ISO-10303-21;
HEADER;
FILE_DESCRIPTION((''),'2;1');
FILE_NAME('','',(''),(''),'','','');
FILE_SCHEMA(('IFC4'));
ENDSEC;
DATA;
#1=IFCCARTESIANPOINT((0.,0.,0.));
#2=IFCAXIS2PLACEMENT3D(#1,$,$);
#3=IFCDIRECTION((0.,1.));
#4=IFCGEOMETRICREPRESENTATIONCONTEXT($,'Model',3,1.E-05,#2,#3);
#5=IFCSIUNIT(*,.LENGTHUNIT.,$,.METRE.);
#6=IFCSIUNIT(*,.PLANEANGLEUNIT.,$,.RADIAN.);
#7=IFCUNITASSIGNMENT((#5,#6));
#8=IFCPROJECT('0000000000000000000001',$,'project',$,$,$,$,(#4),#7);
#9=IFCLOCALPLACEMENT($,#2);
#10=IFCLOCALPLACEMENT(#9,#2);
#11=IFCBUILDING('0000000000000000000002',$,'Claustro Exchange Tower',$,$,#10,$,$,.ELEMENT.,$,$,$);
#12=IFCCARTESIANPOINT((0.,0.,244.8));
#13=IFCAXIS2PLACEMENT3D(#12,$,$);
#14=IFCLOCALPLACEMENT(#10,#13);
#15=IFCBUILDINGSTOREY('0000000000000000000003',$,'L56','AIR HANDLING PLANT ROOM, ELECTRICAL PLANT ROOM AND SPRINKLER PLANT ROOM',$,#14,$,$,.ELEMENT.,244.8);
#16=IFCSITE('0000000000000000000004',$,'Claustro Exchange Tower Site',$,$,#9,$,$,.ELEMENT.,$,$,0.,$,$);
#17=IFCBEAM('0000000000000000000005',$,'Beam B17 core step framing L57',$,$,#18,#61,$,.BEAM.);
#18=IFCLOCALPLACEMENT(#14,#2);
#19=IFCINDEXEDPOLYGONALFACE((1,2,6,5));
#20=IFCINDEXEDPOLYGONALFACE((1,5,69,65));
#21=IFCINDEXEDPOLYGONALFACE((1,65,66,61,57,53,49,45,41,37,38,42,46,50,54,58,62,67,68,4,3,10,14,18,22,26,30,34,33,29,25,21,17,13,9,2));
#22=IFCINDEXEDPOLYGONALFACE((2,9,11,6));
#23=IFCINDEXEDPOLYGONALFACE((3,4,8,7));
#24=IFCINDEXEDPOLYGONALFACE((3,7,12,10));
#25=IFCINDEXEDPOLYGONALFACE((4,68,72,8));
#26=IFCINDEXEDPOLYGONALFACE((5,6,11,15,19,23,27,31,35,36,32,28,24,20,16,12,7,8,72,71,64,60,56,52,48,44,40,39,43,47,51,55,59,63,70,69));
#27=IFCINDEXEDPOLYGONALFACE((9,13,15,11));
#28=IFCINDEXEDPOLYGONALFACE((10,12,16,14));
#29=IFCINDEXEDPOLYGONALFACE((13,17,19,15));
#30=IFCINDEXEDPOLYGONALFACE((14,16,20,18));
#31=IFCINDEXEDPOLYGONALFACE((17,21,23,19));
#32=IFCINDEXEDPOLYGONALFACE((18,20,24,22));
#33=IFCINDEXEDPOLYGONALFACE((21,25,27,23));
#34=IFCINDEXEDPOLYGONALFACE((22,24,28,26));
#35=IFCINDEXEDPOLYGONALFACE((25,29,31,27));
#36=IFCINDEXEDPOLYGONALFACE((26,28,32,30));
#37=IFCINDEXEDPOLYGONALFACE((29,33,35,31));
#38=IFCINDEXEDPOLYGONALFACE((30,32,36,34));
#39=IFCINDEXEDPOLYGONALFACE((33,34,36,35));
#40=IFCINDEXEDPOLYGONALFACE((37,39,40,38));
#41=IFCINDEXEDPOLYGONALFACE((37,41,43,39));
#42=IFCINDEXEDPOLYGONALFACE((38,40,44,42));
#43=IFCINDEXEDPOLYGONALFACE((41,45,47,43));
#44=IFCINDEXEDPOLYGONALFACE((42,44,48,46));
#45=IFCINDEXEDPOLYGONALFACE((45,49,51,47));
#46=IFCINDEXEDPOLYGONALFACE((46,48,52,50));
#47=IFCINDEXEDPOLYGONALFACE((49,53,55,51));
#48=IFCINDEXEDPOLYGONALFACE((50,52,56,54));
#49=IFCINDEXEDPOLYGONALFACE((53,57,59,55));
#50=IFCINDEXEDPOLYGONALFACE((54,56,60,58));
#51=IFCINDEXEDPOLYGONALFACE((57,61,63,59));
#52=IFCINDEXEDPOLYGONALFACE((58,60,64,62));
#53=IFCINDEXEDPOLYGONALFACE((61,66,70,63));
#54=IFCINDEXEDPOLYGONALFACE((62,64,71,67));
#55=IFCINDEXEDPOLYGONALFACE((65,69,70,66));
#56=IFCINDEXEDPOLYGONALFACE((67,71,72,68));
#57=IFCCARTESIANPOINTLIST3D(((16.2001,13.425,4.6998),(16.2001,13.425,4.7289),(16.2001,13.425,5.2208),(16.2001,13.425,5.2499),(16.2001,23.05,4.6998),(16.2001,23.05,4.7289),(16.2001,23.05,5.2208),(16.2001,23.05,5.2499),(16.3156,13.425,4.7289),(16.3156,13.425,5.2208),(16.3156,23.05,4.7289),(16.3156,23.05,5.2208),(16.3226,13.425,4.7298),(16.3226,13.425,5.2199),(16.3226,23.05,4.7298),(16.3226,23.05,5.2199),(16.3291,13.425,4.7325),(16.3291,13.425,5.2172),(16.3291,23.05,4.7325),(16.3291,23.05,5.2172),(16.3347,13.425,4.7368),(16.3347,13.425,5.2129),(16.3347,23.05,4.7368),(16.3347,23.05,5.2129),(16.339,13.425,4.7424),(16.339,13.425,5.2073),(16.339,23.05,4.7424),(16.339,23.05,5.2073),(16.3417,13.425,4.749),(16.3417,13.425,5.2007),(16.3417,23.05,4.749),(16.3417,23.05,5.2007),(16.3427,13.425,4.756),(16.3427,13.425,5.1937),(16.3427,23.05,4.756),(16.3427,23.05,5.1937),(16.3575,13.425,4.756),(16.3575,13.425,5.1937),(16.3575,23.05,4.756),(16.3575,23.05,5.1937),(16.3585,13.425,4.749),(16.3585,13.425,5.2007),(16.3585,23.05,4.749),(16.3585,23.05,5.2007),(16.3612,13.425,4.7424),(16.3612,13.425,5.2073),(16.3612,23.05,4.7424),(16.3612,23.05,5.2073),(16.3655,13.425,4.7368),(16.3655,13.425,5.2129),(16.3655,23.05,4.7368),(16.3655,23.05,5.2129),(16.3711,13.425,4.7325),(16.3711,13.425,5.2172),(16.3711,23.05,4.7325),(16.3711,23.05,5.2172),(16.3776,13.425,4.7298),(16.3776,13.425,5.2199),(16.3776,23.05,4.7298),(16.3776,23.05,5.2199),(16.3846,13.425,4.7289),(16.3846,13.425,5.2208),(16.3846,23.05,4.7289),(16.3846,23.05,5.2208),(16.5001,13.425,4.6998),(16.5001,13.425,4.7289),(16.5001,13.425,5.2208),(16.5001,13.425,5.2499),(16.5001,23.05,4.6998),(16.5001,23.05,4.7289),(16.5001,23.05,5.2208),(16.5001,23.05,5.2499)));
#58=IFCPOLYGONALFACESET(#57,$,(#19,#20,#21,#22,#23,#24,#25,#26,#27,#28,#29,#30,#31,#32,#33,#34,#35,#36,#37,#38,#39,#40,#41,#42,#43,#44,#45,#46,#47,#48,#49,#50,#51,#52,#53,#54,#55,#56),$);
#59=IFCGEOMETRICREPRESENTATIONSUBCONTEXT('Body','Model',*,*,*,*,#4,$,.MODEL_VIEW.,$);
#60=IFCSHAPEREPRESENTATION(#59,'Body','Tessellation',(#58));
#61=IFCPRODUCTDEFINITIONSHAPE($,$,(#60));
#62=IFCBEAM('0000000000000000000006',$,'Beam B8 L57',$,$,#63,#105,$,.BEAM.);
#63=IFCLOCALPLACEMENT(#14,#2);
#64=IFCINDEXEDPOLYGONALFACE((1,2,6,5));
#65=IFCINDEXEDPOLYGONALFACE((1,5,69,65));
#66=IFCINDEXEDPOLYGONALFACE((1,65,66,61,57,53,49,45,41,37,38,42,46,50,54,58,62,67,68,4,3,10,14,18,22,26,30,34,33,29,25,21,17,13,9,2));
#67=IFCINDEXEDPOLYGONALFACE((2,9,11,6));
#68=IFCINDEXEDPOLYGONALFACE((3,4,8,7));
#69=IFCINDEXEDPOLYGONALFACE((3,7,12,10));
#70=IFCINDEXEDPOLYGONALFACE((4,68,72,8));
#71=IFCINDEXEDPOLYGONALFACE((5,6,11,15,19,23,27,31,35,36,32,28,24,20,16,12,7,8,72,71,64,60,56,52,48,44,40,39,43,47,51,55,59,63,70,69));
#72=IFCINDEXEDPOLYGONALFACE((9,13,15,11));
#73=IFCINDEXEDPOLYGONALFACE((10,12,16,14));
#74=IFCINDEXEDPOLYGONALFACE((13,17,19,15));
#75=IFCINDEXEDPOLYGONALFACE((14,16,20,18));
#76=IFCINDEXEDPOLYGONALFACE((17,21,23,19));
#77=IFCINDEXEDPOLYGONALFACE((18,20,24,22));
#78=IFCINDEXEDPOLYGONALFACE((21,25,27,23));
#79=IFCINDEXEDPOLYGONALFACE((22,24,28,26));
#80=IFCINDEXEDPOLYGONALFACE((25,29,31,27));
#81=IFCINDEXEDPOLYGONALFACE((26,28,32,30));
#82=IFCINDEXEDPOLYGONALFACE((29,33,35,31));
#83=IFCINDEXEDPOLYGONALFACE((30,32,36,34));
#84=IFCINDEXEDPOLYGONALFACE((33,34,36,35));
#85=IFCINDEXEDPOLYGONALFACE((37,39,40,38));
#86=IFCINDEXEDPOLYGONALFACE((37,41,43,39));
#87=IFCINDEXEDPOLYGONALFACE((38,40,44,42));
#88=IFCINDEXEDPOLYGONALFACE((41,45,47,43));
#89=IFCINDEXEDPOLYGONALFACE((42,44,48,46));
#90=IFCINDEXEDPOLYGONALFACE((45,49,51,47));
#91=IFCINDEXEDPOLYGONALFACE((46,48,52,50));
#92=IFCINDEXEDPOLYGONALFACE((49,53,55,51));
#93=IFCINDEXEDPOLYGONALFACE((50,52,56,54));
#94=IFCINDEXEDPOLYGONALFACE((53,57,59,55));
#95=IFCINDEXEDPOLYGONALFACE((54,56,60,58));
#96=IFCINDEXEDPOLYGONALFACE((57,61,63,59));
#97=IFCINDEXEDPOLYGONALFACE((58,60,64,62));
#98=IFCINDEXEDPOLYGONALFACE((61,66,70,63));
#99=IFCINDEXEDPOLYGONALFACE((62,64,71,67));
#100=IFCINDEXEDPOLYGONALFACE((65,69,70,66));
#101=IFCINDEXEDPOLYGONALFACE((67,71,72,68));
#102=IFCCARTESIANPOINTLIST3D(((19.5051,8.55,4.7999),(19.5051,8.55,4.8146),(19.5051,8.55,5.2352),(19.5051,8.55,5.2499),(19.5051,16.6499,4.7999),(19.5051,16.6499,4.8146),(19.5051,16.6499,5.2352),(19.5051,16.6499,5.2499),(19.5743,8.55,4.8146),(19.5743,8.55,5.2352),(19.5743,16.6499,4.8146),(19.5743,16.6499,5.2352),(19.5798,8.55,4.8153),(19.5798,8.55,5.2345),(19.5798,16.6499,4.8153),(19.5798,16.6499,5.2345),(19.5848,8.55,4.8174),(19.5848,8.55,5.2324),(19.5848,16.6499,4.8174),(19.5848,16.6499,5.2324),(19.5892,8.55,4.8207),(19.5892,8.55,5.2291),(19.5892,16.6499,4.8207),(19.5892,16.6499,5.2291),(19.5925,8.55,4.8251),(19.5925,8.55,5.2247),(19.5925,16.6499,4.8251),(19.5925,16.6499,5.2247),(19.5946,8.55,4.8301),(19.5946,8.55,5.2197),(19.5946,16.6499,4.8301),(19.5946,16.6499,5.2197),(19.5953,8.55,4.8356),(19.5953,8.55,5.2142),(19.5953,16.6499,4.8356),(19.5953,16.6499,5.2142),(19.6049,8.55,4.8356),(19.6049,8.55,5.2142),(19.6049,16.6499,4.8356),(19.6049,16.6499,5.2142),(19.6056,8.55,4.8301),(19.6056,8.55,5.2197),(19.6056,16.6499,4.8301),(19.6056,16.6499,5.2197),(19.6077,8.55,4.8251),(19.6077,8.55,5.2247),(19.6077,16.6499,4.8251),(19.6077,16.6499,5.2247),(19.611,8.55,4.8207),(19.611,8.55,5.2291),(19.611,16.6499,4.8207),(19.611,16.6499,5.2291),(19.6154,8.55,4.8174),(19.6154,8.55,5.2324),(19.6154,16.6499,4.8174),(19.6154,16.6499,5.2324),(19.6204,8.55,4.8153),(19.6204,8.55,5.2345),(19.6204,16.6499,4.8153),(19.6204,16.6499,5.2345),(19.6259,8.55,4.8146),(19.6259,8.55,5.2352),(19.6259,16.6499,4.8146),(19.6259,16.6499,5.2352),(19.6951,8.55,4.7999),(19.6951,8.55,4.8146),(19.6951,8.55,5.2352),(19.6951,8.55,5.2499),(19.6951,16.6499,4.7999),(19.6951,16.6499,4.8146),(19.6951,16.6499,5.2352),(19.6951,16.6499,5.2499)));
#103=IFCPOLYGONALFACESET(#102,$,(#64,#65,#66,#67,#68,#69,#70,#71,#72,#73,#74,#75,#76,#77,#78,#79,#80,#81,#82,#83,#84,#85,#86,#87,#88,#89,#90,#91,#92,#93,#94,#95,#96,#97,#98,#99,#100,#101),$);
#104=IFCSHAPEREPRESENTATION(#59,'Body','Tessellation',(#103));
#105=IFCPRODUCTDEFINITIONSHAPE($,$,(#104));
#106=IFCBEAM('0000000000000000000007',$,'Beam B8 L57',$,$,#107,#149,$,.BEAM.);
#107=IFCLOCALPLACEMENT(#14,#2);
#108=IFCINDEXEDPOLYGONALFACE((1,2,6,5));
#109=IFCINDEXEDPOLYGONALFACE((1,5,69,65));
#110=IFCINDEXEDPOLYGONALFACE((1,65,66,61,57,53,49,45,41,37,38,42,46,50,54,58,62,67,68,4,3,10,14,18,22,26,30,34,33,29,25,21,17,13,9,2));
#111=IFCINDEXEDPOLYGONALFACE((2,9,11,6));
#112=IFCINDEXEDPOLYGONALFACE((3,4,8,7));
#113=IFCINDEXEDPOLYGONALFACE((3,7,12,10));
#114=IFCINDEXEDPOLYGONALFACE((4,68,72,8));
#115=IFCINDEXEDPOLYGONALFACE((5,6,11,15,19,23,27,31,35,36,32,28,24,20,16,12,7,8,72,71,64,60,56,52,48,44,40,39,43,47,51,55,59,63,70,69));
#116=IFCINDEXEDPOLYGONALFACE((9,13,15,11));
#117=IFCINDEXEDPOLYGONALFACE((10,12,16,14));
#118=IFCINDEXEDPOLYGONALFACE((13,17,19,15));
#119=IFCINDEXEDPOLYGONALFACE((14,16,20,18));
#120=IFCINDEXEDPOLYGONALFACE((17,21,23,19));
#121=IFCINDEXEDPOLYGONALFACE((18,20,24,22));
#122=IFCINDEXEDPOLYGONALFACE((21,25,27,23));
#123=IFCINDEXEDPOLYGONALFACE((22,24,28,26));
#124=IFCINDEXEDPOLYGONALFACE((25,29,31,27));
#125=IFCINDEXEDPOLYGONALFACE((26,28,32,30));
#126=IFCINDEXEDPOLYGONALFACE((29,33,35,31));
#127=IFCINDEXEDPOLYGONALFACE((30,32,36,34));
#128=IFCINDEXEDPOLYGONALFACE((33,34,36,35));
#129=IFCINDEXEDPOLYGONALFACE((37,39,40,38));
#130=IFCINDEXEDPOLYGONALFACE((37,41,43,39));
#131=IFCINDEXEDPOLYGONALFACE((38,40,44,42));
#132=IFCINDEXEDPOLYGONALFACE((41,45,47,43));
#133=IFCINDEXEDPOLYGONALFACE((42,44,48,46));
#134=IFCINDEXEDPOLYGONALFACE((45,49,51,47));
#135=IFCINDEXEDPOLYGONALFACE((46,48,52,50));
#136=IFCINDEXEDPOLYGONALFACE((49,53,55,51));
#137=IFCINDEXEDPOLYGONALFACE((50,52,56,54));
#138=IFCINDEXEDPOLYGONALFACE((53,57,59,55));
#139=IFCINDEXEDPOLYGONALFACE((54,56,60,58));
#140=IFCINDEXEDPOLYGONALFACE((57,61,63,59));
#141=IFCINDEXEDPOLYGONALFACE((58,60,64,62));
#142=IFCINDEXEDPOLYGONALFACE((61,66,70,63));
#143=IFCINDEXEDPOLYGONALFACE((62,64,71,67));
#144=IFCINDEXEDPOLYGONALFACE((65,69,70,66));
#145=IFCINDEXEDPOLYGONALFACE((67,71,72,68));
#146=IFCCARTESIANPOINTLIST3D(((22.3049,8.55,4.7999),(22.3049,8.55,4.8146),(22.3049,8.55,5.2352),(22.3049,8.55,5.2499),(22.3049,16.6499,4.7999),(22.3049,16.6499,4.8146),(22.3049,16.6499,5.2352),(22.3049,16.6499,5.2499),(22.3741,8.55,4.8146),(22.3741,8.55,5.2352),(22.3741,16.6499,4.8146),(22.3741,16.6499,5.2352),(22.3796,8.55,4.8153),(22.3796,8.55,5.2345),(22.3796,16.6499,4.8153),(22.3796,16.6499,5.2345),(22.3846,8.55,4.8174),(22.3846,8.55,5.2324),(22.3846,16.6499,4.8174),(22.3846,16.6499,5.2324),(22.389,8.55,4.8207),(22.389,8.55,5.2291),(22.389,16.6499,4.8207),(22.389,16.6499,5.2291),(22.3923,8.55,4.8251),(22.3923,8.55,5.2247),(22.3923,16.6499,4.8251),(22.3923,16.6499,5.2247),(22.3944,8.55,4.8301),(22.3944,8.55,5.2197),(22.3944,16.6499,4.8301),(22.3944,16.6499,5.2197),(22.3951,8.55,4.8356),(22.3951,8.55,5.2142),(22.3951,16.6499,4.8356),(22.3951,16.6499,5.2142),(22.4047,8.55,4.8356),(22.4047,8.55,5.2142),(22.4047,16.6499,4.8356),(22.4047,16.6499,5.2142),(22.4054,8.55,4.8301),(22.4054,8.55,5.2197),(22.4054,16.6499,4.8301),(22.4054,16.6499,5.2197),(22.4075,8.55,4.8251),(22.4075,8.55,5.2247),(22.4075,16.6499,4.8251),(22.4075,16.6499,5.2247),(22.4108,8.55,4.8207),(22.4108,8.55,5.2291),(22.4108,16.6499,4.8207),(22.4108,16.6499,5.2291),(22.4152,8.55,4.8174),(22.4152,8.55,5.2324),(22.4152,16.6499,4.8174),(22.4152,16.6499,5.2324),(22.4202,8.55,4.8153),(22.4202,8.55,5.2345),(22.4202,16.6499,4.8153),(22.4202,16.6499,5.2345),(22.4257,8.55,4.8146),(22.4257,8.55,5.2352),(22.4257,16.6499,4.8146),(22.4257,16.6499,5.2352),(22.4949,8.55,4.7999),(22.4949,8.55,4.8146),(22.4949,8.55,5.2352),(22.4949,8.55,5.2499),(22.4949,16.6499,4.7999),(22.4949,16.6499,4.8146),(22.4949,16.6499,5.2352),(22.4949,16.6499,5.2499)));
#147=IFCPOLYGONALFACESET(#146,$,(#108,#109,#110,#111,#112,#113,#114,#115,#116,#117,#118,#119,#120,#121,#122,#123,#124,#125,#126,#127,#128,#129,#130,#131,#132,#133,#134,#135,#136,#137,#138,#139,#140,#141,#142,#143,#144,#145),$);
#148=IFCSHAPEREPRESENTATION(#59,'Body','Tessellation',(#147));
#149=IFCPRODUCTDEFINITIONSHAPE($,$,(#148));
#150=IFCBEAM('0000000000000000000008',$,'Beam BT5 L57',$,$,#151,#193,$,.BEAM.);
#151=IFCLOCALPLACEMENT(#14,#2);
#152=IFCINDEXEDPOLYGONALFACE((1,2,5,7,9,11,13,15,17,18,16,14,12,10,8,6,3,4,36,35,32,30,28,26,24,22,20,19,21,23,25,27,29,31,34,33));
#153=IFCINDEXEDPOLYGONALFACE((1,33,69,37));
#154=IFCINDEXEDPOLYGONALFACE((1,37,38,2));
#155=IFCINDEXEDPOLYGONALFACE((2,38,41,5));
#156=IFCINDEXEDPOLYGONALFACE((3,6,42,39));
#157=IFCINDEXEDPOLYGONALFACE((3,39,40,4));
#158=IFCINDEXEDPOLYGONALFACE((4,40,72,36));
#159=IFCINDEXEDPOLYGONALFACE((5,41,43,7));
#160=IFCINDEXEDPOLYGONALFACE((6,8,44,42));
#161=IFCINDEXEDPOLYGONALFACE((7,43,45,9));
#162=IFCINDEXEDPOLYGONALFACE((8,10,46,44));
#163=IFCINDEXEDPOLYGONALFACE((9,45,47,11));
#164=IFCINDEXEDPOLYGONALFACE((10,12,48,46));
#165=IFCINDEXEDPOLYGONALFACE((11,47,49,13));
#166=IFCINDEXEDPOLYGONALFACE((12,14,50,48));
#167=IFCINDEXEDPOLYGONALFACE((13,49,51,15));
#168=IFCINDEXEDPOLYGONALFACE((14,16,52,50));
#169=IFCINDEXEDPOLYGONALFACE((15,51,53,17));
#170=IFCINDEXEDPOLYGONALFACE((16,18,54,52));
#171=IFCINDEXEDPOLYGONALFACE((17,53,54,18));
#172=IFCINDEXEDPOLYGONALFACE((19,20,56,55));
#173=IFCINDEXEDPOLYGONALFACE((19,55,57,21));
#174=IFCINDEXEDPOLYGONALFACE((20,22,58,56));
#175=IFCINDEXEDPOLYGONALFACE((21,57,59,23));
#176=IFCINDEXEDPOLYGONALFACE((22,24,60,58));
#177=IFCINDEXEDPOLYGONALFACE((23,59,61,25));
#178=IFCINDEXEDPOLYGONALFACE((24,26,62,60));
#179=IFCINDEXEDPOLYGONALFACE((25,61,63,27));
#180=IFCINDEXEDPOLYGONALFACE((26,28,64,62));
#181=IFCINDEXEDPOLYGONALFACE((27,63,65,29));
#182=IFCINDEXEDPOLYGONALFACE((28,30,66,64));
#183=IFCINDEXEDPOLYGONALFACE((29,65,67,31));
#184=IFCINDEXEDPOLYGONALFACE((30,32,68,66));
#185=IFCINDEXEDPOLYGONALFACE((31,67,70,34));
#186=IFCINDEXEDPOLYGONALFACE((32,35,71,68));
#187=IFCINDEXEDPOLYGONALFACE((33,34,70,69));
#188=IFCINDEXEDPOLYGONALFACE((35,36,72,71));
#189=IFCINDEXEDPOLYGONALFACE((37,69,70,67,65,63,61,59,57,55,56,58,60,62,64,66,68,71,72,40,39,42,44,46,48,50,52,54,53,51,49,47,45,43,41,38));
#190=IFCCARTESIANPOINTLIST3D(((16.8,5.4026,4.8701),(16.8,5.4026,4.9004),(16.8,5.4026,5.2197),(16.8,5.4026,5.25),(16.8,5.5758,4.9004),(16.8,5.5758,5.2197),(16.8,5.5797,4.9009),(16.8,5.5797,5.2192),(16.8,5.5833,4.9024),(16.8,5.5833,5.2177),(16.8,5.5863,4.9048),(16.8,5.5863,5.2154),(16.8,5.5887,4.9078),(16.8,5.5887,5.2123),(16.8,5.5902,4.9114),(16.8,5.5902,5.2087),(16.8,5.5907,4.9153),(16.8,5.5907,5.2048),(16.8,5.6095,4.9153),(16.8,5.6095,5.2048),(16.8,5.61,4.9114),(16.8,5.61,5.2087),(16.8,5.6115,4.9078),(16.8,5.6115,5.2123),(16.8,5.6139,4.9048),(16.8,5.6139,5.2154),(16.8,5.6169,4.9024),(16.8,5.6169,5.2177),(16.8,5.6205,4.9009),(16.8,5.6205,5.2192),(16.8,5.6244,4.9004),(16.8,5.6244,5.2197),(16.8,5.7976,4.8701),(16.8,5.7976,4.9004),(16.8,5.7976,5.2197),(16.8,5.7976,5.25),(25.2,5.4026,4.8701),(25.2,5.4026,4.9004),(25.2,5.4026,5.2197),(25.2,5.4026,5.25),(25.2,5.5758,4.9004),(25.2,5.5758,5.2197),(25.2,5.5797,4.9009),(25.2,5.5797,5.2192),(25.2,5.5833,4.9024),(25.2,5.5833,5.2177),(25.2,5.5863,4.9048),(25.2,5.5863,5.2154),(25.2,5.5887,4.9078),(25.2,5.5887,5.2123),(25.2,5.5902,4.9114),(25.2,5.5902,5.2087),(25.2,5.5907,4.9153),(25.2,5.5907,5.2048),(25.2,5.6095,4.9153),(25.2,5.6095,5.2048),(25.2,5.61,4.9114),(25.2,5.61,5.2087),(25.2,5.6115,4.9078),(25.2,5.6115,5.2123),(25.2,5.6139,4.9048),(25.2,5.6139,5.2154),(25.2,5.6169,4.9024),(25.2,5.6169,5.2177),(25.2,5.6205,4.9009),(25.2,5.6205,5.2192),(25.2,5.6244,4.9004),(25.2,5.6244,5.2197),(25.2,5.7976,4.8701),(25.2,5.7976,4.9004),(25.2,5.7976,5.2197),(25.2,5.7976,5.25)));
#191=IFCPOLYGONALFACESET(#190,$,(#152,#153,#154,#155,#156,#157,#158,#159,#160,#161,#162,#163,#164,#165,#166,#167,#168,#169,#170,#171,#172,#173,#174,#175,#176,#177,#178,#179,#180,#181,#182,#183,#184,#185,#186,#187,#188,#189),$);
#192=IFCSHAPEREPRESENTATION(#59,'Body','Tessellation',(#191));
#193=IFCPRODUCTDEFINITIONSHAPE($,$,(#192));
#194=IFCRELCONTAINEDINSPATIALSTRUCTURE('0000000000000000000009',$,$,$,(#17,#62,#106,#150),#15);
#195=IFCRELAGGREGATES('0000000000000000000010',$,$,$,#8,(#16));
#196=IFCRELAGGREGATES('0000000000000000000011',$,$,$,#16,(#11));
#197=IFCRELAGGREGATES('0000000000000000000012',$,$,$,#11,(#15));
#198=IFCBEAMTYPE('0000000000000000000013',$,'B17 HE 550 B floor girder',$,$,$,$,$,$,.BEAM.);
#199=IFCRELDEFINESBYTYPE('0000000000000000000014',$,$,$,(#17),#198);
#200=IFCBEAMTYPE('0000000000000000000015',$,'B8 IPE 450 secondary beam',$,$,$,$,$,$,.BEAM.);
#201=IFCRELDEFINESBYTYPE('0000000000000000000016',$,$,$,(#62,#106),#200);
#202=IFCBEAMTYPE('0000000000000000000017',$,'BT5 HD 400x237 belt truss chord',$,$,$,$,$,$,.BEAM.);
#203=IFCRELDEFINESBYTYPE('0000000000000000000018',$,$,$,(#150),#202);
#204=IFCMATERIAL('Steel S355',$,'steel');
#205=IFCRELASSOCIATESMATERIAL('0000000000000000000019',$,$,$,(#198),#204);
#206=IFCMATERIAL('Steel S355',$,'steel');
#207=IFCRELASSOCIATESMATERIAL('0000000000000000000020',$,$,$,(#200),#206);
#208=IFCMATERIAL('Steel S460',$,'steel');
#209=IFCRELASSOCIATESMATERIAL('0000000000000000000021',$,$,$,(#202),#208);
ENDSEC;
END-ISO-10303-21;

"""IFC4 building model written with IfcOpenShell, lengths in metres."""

from ifc_helpers import new_model, si_unit, direction, frame, origin, origin_2d, place, context, subcontext, project, spatial, i_section, extrude, material, material_profile, profile_set, type_object, element, save


model = new_model("IFC4")

# Units and contexts
model_context = context("Model", 3, precision=1e-05, world=origin(), true_north=direction((0.0, 1.0)))
body_context = subcontext(model_context, "Body", "Model", "MODEL_VIEW")
ifc_project = project(units=[si_unit("LENGTHUNIT", "METRE"), si_unit("PLANEANGLEUNIT", "RADIAN")], contexts=[model_context])

# Site, building, storey
site_placement = place(None, origin())
site = spatial("IfcSite", under=ifc_project, at=site_placement, Name="Claustro Exchange Tower Site", CompositionType="ELEMENT", RefElevation=0.0)
building_placement = place(site_placement, origin())
building = spatial("IfcBuilding", under=site, at=building_placement, Name="Claustro Exchange Tower", CompositionType="ELEMENT")
storey_placement = place(building_placement, frame((0.0, 0.0, 244.8)))
storey = spatial("IfcBuildingStorey", under=building, at=storey_placement, Name="L56", Description="AIR HANDLING PLANT ROOM, ELECTRICAL PLANT ROOM AND SPRINKLER PLANT ROOM", CompositionType="ELEMENT", Elevation=244.8)

# Beams
ifc_material_1 = material(Name="Steel S355", Category="steel")
ifc_material_profile_1 = material_profile(ifc_material_1, i_section(OverallWidth=0.3, OverallDepth=0.55, WebThickness=0.0149, FlangeThickness=0.0291, FilletRadius=0.0271, at=origin_2d()), Name="HE 550 B")
ifc_profile_set_1 = profile_set([ifc_material_profile_1], Name="Steel S355")
beam_type_1 = type_object("IfcBeamType", Name="B17 HE 550 B floor girder", PredefinedType="BEAM", material=ifc_profile_set_1)
beam_1_placement = place(storey_placement, frame((16.3501, 13.425, 4.9749), z_axis=(0.0, 1.0, 0.0), x_axis=(-1.0, 0.0, 0.0)))
element("IfcBeam", 1, at=beam_1_placement, inside=storey, type_object=beam_type_1, Name="Beam B17 core step framing L57", PredefinedType="BEAM", context=body_context, shape_type="SweptSolid", body=[
    extrude(i_section(OverallWidth=0.3, OverallDepth=0.55, WebThickness=0.0149, FlangeThickness=0.0291, FilletRadius=0.0271, at=origin_2d()), origin(), (0.0, 0.0, 1.0), 9.625),
])
ifc_material_2 = material(Name="Steel S355", Category="steel")
ifc_material_profile_2 = material_profile(ifc_material_2, i_section(OverallWidth=0.1899, OverallDepth=0.45, WebThickness=0.0095, FlangeThickness=0.0146, FilletRadius=0.021, at=origin_2d()), Name="IPE 450")
ifc_profile_set_2 = profile_set([ifc_material_profile_2], Name="Steel S355")
beam_type_2 = type_object("IfcBeamType", Name="B8 IPE 450 secondary beam", PredefinedType="BEAM", material=ifc_profile_set_2)
for number, where, z_axis, x_axis, name in (
    (2, (19.6001, 8.55, 5.0249), (0.0, 1.0, 0.0), (-1.0, 0.0, 0.0), "Beam B8 L57"),
    (3, (22.3999, 8.55, 5.0249), (0.0, 1.0, 0.0), (-1.0, 0.0, 0.0), "Beam B8 L57"),
):
    element("IfcBeam", number, at=place(storey_placement, frame(where, z_axis=z_axis, x_axis=x_axis)), inside=storey, type_object=beam_type_2, Name=name, PredefinedType="BEAM", context=body_context, shape_type="SweptSolid", body=[
        extrude(i_section(OverallWidth=0.1899, OverallDepth=0.45, WebThickness=0.0095, FlangeThickness=0.0146, FilletRadius=0.021, at=origin_2d()), origin(), (0.0, 0.0, 1.0), 8.0999),
    ])
ifc_material_3 = material(Name="Steel S460", Category="steel")
ifc_material_profile_3 = material_profile(ifc_material_3, i_section(OverallWidth=0.395, OverallDepth=0.3799, WebThickness=0.0188, FlangeThickness=0.0303, FilletRadius=0.0149, at=origin_2d()), Name="HD 400x237")
ifc_profile_set_3 = profile_set([ifc_material_profile_3], Name="Steel S460")
beam_type_3 = type_object("IfcBeamType", Name="BT5 HD 400x237 belt truss chord", PredefinedType="BEAM", material=ifc_profile_set_3)
beam_2_placement = place(storey_placement, frame((16.8, 5.6001, 5.0601), z_axis=(1.0, 0.0, 0.0), x_axis=(0.0, 1.0, 0.0)))
element("IfcBeam", 4, at=beam_2_placement, inside=storey, type_object=beam_type_3, Name="Beam BT5 L57", PredefinedType="BEAM", context=body_context, shape_type="SweptSolid", body=[
    extrude(i_section(OverallWidth=0.395, OverallDepth=0.3799, WebThickness=0.0188, FlangeThickness=0.0303, FilletRadius=0.0149, at=origin_2d()), origin(), (0.0, 0.0, 1.0), 8.3999),
])

save(model, "model.ifc")
